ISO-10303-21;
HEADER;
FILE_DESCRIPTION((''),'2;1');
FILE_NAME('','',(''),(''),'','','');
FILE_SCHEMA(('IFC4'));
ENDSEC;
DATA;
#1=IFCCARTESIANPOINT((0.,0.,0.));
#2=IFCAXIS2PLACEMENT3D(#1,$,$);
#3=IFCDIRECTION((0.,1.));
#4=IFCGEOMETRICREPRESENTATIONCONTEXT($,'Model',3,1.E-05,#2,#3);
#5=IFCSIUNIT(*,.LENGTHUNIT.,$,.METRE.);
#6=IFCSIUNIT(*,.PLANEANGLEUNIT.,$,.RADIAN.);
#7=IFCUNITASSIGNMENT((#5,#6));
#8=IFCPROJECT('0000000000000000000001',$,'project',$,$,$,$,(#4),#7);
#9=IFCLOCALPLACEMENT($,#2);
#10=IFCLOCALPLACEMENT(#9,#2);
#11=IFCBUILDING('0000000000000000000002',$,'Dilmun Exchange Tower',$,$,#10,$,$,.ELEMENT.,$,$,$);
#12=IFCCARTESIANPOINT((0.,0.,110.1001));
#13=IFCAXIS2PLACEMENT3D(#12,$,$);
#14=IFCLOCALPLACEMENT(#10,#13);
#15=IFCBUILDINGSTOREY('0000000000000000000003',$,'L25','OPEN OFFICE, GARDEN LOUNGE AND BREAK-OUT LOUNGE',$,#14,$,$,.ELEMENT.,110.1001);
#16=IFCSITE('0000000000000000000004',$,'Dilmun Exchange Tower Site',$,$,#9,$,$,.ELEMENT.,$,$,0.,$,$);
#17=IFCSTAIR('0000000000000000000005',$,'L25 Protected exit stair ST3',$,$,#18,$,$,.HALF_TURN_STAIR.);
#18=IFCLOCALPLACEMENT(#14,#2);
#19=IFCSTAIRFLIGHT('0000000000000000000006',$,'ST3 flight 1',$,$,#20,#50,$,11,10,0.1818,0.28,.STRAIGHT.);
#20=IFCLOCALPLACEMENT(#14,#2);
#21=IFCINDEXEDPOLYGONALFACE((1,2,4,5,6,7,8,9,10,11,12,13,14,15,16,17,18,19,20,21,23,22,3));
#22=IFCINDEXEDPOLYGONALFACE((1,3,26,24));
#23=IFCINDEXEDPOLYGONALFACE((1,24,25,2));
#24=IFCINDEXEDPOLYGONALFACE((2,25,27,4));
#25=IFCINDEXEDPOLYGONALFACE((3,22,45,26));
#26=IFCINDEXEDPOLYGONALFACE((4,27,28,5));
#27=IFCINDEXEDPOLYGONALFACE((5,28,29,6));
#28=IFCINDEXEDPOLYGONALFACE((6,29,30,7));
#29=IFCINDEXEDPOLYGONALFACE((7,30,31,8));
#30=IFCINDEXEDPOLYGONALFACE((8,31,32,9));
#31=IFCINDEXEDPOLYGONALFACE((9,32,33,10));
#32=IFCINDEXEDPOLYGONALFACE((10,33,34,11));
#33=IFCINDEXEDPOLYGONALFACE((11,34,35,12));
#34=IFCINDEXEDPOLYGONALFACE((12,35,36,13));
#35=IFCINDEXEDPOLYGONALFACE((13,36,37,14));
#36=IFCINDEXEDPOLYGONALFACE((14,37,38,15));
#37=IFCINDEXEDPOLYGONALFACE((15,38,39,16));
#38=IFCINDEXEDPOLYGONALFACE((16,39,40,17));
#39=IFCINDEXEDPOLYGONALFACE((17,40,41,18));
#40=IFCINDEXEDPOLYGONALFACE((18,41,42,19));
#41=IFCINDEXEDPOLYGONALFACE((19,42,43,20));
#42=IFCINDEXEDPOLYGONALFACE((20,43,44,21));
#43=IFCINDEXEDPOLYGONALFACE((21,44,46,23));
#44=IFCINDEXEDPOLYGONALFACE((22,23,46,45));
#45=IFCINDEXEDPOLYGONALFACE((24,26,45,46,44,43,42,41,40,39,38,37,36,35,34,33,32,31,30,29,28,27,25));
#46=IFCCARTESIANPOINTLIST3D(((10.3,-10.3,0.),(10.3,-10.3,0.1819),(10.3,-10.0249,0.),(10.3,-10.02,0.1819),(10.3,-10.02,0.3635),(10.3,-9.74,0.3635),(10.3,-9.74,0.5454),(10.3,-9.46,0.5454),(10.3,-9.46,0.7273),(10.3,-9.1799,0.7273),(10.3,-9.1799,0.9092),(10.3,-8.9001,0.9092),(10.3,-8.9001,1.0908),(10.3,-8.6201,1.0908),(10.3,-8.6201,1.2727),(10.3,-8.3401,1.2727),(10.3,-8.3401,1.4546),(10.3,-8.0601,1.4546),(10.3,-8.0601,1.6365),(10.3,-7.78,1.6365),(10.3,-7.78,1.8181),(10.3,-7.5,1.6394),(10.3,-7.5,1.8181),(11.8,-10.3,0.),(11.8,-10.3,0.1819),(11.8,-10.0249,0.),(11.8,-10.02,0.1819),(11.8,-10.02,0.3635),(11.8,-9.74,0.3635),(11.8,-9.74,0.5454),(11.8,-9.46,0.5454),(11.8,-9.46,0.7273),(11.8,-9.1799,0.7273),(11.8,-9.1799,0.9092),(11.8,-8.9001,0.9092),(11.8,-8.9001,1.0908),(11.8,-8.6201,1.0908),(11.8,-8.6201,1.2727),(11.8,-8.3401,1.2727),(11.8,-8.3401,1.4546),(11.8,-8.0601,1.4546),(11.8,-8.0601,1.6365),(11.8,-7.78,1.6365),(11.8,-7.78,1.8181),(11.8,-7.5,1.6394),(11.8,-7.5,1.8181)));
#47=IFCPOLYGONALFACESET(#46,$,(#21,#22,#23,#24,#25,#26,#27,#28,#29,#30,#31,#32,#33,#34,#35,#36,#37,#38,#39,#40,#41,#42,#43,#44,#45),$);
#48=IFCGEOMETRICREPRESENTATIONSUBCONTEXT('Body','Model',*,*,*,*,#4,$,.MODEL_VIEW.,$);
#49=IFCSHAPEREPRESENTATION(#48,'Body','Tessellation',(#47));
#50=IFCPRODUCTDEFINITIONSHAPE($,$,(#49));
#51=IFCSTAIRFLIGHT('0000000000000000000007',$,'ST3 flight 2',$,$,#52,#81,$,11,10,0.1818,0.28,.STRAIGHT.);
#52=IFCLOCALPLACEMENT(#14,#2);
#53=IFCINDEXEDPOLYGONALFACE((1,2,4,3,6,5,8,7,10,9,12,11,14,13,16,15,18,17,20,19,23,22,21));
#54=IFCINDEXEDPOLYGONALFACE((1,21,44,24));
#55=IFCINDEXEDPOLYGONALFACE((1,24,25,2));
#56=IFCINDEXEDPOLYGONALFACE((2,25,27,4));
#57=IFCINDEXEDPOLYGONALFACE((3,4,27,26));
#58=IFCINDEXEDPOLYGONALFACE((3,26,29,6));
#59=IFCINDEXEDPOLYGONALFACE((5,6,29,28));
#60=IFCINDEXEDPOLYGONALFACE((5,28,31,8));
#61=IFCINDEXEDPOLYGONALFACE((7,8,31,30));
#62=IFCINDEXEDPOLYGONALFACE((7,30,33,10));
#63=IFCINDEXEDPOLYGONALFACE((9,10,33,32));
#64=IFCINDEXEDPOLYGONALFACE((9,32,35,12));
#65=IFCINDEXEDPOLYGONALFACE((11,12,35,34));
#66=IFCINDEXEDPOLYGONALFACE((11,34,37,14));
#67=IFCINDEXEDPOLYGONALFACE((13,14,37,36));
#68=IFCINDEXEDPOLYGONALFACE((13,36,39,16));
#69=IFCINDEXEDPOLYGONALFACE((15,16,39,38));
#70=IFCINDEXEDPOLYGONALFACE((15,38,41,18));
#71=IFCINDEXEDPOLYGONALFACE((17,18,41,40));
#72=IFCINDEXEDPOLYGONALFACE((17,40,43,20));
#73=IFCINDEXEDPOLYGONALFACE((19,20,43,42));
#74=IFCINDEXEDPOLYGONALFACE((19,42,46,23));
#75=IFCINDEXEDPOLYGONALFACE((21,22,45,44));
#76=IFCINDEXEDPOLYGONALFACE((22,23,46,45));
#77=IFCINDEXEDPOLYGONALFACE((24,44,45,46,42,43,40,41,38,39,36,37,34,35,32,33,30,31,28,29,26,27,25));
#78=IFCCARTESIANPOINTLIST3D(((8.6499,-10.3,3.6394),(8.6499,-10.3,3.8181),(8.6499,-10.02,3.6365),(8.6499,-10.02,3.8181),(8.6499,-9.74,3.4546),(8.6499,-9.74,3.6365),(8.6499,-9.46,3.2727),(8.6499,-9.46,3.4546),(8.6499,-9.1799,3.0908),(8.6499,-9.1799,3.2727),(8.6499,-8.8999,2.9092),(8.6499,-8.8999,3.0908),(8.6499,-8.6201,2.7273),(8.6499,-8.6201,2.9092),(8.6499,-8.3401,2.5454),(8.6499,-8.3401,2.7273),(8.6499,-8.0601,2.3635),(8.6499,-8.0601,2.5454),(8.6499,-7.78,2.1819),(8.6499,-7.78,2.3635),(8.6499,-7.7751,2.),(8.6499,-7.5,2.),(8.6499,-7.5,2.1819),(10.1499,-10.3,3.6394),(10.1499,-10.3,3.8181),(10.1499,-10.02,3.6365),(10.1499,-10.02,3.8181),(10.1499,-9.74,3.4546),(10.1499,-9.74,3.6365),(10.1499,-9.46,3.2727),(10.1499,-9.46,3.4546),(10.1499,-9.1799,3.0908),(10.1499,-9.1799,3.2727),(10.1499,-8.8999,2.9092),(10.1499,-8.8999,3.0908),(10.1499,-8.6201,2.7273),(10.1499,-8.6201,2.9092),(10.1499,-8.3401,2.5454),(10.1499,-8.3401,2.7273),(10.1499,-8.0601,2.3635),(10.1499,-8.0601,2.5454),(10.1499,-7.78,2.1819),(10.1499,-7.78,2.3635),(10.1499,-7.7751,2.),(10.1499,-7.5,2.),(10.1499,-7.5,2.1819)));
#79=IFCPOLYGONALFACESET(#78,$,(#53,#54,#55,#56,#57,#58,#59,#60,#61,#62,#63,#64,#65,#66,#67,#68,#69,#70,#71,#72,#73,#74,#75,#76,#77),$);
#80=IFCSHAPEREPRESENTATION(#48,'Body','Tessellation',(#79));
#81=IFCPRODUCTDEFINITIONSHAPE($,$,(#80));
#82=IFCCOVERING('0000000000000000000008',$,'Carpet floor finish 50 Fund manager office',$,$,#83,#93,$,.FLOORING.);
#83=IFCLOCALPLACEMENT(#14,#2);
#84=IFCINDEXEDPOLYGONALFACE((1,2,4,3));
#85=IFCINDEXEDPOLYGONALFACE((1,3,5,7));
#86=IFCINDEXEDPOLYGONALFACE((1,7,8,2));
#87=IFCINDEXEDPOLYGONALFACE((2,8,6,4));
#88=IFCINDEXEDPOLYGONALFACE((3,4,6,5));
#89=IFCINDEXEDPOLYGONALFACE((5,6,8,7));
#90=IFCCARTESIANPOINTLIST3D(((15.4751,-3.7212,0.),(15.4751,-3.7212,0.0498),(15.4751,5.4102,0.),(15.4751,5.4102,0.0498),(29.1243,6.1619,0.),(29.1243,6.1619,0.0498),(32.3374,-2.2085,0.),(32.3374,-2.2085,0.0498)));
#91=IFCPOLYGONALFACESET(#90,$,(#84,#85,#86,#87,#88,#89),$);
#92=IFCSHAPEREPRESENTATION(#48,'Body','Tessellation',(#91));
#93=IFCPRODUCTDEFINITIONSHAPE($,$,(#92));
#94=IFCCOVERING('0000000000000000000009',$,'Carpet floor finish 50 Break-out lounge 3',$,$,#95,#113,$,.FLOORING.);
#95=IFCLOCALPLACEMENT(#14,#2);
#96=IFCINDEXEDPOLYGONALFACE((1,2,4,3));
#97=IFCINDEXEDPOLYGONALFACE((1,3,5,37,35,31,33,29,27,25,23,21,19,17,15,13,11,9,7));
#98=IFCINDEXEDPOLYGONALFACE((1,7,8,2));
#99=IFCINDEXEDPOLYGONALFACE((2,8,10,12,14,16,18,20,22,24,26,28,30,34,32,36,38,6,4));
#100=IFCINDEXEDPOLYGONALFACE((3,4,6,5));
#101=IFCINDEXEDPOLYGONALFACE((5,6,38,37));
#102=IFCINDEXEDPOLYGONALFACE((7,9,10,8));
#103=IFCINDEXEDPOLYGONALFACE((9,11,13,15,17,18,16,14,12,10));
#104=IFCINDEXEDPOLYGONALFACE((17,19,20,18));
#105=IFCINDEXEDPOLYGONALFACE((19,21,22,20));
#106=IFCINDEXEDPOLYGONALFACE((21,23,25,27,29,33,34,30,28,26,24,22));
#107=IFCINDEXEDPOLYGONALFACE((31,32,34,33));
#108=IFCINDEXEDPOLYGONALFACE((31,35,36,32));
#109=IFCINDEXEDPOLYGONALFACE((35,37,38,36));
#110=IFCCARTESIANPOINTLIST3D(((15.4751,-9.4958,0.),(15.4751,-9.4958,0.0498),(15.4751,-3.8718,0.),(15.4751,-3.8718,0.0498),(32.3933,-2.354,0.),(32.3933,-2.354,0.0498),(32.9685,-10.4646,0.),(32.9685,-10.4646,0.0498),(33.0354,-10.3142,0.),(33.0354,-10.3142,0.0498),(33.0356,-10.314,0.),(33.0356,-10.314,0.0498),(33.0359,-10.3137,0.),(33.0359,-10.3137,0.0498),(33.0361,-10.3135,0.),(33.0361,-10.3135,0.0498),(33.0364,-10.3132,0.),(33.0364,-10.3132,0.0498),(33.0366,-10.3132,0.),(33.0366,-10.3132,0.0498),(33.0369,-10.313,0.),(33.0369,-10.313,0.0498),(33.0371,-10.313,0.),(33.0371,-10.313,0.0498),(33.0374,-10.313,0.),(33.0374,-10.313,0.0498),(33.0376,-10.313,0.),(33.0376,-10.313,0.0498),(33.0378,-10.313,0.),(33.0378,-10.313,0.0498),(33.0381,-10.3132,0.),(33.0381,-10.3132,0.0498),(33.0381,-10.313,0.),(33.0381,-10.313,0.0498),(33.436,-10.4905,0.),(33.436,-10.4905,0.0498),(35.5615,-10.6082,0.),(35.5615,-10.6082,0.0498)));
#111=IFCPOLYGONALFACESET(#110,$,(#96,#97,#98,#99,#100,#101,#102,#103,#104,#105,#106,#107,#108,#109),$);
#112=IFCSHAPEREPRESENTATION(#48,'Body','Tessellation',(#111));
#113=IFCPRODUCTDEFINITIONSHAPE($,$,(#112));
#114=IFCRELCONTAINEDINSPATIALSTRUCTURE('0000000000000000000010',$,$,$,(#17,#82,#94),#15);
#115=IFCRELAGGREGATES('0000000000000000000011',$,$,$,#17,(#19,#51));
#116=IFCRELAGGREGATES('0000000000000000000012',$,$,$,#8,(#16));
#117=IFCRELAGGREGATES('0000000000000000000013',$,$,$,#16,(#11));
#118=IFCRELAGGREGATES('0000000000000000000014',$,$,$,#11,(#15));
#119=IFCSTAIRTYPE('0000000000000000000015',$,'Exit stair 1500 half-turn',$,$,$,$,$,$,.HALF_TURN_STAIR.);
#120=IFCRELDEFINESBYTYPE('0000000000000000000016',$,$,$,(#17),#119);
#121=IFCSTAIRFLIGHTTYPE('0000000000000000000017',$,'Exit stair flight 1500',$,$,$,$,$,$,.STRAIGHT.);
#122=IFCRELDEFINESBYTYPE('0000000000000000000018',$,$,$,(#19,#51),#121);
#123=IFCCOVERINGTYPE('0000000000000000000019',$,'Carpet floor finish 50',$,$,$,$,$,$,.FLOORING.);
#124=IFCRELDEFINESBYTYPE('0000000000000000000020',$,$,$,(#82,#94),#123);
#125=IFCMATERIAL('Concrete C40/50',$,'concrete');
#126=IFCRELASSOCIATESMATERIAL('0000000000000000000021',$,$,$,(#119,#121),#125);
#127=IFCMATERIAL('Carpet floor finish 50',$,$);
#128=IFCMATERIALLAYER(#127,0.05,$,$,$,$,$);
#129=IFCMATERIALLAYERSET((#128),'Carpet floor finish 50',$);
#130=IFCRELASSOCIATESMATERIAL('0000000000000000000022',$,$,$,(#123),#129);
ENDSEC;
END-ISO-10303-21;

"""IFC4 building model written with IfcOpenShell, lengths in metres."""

from ifc_helpers import new_model, si_unit, direction, frame, origin, place, context, subcontext, project, spatial, polyline, outline, extrude, material, layer, layer_set, type_object, element, aggregate, save


model = new_model("IFC4")

# Units and contexts
model_context = context("Model", 3, precision=1e-05, world=origin(), true_north=direction((0.0, 1.0)))
body_context = subcontext(model_context, "Body", "Model", "MODEL_VIEW")
ifc_project = project(units=[si_unit("LENGTHUNIT", "METRE"), si_unit("PLANEANGLEUNIT", "RADIAN")], contexts=[model_context])

# Site, building, storey
site_placement = place(None, origin())
site = spatial("IfcSite", under=ifc_project, at=site_placement, Name="Dilmun Exchange Tower Site", CompositionType="ELEMENT", RefElevation=0.0)
building_placement = place(site_placement, origin())
building = spatial("IfcBuilding", under=site, at=building_placement, Name="Dilmun Exchange Tower", CompositionType="ELEMENT")
storey_placement = place(building_placement, frame((0.0, 0.0, 110.1001)))
storey = spatial("IfcBuildingStorey", under=building, at=storey_placement, Name="L25", Description="OPEN OFFICE, GARDEN LOUNGE AND BREAK-OUT LOUNGE", CompositionType="ELEMENT", Elevation=110.1001)

# Shared definitions
ifc_material_1 = material(Name="Concrete C40/50", Category="concrete")

# Stair, stair flights
stair_type = type_object("IfcStairType", Name="Exit stair 1500 half-turn", PredefinedType="HALF_TURN_STAIR", material=ifc_material_1)
stair_placement = place(storey_placement, origin())
stair = element("IfcStair", 1, at=stair_placement, inside=storey, type_object=stair_type, Name="L25 Protected exit stair ST3", PredefinedType="HALF_TURN_STAIR")
stair_flight_type = type_object("IfcStairFlightType", Name="Exit stair flight 1500", PredefinedType="STRAIGHT", material=ifc_material_1)
stair_flight_1_placement = place(storey_placement, frame((11.05, -10.3, 0.0), z_axis=(0.0, 0.0, 1.0), x_axis=(0.0, 1.0, 0.0)))
stair_flight_1 = element("IfcStairFlight", 2, at=stair_flight_1_placement, type_object=stair_flight_type, Name="ST3 flight 1", NumberOfRisers=11, NumberOfTreads=10, PredefinedType="STRAIGHT", RiserHeight=0.1818, TreadLength=0.28, context=body_context, shape_type="SweptSolid", body=[
    extrude(outline(polyline([(0.0, 0.0), (0.0, 0.1819), (0.28, 0.1819), (0.28, 0.3635), (0.5601, 0.3635), (0.5601, 0.5454), (0.8401, 0.5454), (0.8401, 0.7273), (1.1201, 0.7273), (1.1201, 0.9092), (1.3999, 0.9092), (1.3999, 1.0908), (1.6799, 1.0908), (1.6799, 1.2727), (1.96, 1.2727), (1.96, 1.4546), (2.24, 1.4546), (2.24, 1.6365), (2.52, 1.6365), (2.52, 1.8181), (2.8, 1.8181), (2.8, 2.0), (2.8, 1.6394), (0.2751, 0.0), (0.0, 0.0)])), frame((0.0, 0.75, 0.0), z_axis=(0.0, -1.0, 0.0), x_axis=(1.0, 0.0, 0.0)), (0.0, 0.0, 1.0), 1.5),
])
stair_flight_2_placement = place(storey_placement, frame((9.3999, -7.5, 2.0), z_axis=(0.0, 0.0, 1.0), x_axis=(0.0, -1.0, 0.0)))
stair_flight_2 = element("IfcStairFlight", 3, at=stair_flight_2_placement, type_object=stair_flight_type, Name="ST3 flight 2", NumberOfRisers=11, NumberOfTreads=10, PredefinedType="STRAIGHT", RiserHeight=0.1818, TreadLength=0.28, context=body_context, shape_type="SweptSolid", body=[
    extrude(outline(polyline([(0.0, 0.0), (0.0, 0.1819), (0.28, 0.1819), (0.28, 0.3635), (0.5601, 0.3635), (0.5601, 0.5454), (0.8401, 0.5454), (0.8401, 0.7273), (1.1201, 0.7273), (1.1201, 0.9092), (1.3999, 0.9092), (1.3999, 1.0908), (1.6799, 1.0908), (1.6799, 1.2727), (1.96, 1.2727), (1.96, 1.4546), (2.24, 1.4546), (2.24, 1.6365), (2.52, 1.6365), (2.52, 1.8181), (2.8, 1.8181), (2.8, 2.0), (2.8, 1.6394), (0.2751, 0.0), (0.0, 0.0)])), frame((0.0, 0.75, 0.0), z_axis=(0.0, -1.0, 0.0), x_axis=(1.0, 0.0, 0.0)), (0.0, 0.0, 1.0), 1.5),
])
aggregate(stair, [stair_flight_1, stair_flight_2])

# Coverings
ifc_material_2 = material(Name="Carpet floor finish 50")
ifc_layer_1 = layer(ifc_material_2, 0.05)
ifc_layer_set_1 = layer_set([ifc_layer_1], Name="Carpet floor finish 50")
covering_type = type_object("IfcCoveringType", Name="Carpet floor finish 50", PredefinedType="FLOORING", material=ifc_layer_set_1)
covering_1_placement = place(storey_placement, origin())
element("IfcCovering", 4, at=covering_1_placement, inside=storey, type_object=covering_type, Name="Carpet floor finish 50 Fund manager office", PredefinedType="FLOORING", context=body_context, shape_type="SweptSolid", body=[
    extrude(outline(polyline([(15.4751, -3.7212), (15.4751, 5.4102), (29.1243, 6.1619), (32.3374, -2.2085), (15.4751, -3.7212)])), origin(), (0.0, 0.0, 1.0), 0.0498),
])
covering_2_placement = place(storey_placement, origin())
element("IfcCovering", 5, at=covering_2_placement, inside=storey, type_object=covering_type, Name="Carpet floor finish 50 Break-out lounge 3", PredefinedType="FLOORING", context=body_context, shape_type="SweptSolid", body=[
    extrude(outline(polyline([(33.436, -10.4905), (33.0381, -10.3132), (33.0381, -10.313), (33.0378, -10.313), (33.0376, -10.313), (33.0374, -10.313), (33.0371, -10.313), (33.0371, -10.313), (33.0369, -10.313), (33.0366, -10.3132), (33.0364, -10.3132), (33.0364, -10.3132), (33.0361, -10.3135), (33.0359, -10.3137), (33.0359, -10.3137), (33.0356, -10.314), (33.0356, -10.314), (33.0354, -10.3142), (32.9685, -10.4646), (15.4751, -9.4958), (15.4751, -3.8718), (32.3933, -2.354), (35.5615, -10.6082), (33.436, -10.4905)])), origin(), (0.0, 0.0, 1.0), 0.0498),
])

save(model, "model.ifc")
